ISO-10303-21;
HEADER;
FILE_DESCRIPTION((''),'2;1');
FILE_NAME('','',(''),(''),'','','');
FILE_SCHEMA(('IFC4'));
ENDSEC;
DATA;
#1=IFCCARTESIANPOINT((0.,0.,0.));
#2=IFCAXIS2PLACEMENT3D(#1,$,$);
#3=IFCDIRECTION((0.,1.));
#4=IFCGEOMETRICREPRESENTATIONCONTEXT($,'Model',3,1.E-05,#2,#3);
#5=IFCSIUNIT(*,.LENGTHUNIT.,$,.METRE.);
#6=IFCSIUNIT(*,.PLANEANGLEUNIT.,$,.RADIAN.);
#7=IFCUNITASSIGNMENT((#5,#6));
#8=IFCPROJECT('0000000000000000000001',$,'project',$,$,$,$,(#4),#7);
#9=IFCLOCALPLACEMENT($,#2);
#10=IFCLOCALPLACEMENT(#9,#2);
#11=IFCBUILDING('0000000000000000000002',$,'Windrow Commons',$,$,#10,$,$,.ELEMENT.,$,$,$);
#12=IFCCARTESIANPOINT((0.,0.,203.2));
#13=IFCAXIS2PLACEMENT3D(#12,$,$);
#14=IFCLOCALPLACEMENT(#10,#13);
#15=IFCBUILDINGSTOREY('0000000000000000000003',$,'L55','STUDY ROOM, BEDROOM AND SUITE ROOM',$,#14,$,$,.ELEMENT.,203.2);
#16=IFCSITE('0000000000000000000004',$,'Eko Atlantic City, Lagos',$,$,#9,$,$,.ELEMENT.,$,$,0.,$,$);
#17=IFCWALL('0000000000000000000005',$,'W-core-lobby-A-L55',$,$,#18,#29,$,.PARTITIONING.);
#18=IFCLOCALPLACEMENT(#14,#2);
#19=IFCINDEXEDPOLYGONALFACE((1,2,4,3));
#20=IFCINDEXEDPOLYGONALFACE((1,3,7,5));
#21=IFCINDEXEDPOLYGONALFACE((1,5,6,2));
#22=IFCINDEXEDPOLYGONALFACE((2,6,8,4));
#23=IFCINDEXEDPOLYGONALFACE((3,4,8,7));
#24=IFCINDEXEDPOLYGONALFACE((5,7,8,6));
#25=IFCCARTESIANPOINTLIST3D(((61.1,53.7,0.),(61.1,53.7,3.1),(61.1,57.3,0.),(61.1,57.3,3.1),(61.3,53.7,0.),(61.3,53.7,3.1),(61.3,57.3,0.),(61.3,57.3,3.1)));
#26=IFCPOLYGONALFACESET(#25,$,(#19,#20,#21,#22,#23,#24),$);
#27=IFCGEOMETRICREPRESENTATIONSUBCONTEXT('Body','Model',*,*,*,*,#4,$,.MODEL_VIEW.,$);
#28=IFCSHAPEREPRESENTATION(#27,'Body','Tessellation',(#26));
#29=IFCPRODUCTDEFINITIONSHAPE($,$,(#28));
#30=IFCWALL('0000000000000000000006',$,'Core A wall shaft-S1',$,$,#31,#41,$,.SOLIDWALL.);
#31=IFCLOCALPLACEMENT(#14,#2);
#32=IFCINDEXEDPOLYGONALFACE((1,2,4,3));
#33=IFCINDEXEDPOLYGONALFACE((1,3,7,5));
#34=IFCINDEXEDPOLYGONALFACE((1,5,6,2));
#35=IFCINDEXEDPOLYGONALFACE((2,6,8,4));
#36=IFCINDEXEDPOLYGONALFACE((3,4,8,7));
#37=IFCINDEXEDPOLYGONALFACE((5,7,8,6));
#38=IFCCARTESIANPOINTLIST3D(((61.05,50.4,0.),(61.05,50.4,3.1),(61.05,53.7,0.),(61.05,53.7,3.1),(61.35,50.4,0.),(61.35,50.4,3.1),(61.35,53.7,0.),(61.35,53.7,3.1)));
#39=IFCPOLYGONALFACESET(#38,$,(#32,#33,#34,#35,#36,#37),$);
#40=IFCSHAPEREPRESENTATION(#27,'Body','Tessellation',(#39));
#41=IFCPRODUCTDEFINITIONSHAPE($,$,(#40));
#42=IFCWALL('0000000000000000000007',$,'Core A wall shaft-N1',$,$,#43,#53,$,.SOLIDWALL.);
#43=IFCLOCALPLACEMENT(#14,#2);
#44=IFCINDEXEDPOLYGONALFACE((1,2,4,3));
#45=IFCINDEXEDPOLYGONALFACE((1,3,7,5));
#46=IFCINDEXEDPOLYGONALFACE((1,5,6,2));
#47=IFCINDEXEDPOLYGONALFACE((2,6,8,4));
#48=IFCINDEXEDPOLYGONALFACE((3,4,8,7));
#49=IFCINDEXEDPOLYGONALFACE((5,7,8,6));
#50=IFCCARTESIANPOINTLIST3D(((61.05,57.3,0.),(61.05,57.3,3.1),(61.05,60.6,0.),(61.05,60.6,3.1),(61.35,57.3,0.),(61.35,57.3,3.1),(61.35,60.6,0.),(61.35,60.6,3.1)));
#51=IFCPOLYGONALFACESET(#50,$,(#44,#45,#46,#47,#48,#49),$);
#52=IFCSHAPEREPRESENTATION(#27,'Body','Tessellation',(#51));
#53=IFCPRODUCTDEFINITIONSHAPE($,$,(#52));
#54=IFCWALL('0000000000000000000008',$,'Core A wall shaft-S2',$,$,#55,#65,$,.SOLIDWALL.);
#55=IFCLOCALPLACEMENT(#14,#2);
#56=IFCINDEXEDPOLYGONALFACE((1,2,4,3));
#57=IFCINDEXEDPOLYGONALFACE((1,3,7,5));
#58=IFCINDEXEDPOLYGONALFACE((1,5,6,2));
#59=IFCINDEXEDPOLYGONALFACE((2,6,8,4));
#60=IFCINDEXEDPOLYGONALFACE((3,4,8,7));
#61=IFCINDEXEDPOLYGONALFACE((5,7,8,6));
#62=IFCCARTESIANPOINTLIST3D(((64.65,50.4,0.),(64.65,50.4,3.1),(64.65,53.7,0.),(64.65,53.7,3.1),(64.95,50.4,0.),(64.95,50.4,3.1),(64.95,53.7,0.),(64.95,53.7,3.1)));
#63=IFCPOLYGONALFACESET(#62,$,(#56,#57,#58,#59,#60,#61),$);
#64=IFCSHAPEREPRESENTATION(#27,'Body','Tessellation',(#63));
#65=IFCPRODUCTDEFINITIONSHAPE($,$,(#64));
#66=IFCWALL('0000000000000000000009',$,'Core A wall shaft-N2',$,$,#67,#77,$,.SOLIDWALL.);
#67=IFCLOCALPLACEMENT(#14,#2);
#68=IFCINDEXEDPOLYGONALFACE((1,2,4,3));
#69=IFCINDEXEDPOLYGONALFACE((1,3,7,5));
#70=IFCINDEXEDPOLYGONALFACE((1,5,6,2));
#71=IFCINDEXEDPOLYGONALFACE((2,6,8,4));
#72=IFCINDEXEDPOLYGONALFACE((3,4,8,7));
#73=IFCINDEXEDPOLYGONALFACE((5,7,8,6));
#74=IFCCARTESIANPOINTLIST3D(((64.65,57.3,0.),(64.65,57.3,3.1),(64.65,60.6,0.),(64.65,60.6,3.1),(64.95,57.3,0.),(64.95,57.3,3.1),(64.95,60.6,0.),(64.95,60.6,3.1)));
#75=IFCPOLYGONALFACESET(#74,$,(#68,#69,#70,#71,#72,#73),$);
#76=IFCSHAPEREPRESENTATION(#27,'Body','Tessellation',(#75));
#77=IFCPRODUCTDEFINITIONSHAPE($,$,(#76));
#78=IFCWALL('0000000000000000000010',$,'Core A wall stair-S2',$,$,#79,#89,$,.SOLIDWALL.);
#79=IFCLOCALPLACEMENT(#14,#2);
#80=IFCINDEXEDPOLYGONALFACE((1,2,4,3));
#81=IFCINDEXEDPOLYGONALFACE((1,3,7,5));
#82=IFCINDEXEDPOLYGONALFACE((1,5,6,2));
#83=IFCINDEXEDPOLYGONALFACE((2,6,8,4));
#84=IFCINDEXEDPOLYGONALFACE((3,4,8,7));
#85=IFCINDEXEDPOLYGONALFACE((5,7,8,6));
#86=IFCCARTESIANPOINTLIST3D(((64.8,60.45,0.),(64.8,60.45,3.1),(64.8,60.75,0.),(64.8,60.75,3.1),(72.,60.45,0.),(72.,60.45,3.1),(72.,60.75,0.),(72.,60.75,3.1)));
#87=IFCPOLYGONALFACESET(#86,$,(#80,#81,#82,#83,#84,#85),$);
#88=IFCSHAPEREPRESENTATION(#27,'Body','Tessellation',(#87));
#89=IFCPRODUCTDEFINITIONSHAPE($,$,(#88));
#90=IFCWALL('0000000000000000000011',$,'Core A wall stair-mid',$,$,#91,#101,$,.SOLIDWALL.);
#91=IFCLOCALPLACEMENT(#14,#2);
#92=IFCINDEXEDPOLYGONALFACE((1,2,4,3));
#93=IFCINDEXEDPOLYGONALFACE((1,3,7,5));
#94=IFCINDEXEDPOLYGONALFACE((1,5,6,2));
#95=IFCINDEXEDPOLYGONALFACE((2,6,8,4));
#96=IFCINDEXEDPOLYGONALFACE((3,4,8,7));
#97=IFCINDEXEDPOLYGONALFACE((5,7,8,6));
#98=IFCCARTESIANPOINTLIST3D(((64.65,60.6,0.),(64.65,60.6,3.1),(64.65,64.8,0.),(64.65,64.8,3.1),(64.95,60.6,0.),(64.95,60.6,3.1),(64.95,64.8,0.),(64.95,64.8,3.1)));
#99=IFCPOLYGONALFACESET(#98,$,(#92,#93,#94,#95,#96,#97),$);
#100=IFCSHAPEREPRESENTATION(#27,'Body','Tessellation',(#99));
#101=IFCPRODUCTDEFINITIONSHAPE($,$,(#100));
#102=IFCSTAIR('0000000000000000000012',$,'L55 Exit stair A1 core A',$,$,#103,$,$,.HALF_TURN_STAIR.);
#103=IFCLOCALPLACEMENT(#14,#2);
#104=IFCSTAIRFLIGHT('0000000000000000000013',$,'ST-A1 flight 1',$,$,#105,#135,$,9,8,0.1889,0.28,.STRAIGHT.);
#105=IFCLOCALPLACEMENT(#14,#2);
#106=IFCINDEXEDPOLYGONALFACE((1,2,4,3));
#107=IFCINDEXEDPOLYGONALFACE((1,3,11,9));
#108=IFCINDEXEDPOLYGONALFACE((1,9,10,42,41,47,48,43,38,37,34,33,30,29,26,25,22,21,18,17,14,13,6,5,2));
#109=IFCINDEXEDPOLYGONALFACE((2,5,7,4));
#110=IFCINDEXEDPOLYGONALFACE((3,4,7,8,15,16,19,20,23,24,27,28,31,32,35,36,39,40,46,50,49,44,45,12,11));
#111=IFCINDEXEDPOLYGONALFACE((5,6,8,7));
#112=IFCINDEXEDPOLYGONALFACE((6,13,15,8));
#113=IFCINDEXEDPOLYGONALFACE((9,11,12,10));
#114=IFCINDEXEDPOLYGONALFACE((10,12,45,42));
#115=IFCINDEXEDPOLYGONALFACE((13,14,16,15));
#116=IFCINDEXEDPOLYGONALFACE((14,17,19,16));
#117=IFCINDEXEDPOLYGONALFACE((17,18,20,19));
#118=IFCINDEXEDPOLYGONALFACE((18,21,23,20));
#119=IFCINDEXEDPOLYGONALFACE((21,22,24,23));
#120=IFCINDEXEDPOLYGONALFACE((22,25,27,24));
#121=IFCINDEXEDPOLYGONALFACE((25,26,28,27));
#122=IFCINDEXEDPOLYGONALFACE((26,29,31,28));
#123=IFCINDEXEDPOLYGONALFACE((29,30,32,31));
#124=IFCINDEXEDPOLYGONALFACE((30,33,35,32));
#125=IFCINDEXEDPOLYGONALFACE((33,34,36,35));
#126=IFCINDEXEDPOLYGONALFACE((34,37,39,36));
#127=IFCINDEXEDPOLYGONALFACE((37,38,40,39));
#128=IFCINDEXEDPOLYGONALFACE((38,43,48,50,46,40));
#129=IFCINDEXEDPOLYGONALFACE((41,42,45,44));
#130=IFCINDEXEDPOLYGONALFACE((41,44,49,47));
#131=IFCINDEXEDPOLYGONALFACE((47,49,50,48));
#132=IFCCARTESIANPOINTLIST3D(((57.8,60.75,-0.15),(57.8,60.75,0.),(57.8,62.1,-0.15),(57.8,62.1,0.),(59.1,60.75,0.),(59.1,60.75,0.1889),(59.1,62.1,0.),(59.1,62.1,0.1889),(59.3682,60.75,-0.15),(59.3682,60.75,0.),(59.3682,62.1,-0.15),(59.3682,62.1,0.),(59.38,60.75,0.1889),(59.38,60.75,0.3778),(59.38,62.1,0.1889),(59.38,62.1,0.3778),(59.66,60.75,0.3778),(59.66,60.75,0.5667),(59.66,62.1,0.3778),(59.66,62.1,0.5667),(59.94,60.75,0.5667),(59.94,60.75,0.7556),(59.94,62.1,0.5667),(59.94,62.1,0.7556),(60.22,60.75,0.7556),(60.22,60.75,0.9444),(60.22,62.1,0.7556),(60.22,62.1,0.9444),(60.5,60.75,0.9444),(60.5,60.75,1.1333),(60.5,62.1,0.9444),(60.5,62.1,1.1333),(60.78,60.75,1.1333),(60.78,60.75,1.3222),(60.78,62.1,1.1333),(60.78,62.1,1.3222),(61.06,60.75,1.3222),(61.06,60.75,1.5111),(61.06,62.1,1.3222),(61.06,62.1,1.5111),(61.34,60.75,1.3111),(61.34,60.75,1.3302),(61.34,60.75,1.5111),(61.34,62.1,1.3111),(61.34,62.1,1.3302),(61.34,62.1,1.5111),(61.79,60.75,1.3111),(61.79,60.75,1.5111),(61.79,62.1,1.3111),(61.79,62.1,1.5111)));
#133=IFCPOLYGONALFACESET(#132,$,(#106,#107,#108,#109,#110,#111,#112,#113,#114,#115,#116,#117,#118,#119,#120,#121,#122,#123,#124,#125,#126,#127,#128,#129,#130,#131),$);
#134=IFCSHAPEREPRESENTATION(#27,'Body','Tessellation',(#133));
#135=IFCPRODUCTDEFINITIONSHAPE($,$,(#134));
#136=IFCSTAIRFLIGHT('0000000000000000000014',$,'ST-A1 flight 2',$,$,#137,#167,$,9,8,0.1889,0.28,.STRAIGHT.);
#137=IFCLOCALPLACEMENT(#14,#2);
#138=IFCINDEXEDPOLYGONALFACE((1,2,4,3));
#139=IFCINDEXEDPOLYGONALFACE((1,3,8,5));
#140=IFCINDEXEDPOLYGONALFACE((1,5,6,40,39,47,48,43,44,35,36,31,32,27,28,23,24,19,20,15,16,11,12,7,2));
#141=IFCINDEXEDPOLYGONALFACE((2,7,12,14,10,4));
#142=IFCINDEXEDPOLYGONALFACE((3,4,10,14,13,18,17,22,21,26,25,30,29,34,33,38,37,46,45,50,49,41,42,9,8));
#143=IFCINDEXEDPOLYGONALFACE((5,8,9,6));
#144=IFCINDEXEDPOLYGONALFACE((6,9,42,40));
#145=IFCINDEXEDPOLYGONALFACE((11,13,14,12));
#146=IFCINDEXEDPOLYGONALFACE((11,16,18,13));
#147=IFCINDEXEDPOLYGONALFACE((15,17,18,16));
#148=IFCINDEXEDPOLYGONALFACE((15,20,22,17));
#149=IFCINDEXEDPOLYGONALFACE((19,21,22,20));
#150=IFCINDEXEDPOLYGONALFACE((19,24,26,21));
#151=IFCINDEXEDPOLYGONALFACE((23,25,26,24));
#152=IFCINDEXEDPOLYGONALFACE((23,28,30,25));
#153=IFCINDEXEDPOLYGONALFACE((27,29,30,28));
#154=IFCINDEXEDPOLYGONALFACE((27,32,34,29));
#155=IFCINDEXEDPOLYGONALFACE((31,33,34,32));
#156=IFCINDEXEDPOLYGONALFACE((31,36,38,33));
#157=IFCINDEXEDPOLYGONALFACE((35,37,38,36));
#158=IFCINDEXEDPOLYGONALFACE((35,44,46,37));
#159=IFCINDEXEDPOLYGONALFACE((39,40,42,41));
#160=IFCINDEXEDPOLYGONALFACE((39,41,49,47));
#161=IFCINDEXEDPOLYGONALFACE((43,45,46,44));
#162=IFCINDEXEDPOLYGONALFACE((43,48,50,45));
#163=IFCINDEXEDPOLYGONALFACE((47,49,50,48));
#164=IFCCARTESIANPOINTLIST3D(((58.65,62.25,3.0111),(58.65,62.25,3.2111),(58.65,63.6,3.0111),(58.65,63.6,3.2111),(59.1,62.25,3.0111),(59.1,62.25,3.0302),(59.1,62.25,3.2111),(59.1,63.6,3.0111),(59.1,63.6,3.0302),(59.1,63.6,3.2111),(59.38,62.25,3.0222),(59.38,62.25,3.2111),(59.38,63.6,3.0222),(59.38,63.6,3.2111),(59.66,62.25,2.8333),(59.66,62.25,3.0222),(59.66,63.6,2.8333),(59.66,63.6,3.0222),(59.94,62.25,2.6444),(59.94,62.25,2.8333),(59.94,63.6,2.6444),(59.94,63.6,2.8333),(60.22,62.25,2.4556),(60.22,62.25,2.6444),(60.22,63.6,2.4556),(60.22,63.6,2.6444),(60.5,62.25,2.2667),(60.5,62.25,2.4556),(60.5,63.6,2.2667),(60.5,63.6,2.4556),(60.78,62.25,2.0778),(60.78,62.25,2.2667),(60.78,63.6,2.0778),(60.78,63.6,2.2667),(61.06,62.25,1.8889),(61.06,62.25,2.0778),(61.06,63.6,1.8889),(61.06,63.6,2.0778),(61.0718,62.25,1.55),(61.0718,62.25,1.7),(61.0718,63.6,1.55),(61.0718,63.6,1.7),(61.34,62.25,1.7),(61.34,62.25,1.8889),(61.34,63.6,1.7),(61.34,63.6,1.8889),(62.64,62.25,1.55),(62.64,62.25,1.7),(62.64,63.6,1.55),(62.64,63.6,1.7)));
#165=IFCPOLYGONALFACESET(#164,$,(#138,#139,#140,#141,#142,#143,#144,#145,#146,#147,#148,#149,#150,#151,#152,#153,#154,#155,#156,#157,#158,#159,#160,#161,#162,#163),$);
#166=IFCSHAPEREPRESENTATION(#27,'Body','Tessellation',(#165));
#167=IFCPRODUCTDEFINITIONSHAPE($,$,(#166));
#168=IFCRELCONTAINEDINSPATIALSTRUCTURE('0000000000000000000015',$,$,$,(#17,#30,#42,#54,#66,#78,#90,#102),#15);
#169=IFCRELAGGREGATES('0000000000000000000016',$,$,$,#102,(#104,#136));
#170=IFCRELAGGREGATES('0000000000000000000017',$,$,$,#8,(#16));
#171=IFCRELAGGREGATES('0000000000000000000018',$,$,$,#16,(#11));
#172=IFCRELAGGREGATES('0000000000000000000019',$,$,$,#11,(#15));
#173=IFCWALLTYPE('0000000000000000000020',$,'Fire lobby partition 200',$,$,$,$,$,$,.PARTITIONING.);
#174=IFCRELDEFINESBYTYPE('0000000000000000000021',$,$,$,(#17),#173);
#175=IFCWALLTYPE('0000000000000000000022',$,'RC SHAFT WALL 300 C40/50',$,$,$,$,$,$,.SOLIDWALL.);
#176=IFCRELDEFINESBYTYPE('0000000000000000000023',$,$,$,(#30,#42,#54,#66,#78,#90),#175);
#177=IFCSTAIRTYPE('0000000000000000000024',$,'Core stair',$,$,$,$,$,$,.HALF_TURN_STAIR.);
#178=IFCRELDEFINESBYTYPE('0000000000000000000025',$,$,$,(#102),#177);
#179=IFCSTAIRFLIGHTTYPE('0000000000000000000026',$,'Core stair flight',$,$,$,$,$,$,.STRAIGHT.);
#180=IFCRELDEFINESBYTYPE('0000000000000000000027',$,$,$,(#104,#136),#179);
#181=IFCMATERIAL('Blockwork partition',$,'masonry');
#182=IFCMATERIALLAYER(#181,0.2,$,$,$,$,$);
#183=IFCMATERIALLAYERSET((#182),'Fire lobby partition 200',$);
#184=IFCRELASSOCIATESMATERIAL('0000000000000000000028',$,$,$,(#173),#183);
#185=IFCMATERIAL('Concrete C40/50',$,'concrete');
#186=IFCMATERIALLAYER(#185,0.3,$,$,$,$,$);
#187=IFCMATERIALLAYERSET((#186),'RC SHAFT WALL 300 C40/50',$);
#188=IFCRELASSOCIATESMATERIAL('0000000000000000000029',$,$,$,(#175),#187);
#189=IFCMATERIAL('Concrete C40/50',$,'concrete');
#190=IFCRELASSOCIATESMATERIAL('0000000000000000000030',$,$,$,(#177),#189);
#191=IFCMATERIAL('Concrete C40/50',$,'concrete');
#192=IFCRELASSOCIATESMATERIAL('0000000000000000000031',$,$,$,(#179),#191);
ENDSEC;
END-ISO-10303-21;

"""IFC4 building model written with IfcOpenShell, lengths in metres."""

from ifc_helpers import new_model, si_unit, direction, frame, frame_2d, origin, place, context, subcontext, project, spatial, polyline, rectangle, outline, extrude, material, layer, layer_set, type_object, element, aggregate, save


model = new_model("IFC4")

# Units and contexts
model_context = context("Model", 3, precision=1e-05, world=origin(), true_north=direction((0.0, 1.0)))
body_context = subcontext(model_context, "Body", "Model", "MODEL_VIEW")
ifc_project = project(units=[si_unit("LENGTHUNIT", "METRE"), si_unit("PLANEANGLEUNIT", "RADIAN")], contexts=[model_context])

# Site, building, storey
site_placement = place(None, origin())
site = spatial("IfcSite", under=ifc_project, at=site_placement, Name="Eko Atlantic City, Lagos", CompositionType="ELEMENT", RefElevation=0.0)
building_placement = place(site_placement, origin())
building = spatial("IfcBuilding", under=site, at=building_placement, Name="Windrow Commons", CompositionType="ELEMENT")
storey_placement = place(building_placement, frame((0.0, 0.0, 203.2)))
storey = spatial("IfcBuildingStorey", under=building, at=storey_placement, Name="L55", Description="STUDY ROOM, BEDROOM AND SUITE ROOM", CompositionType="ELEMENT", Elevation=203.2)

# Walls
ifc_material_1 = material(Name="Blockwork partition", Category="masonry")
ifc_layer_1 = layer(ifc_material_1, 0.2)
ifc_layer_set_1 = layer_set([ifc_layer_1], Name="Fire lobby partition 200")
wall_type_1 = type_object("IfcWallType", Name="Fire lobby partition 200", PredefinedType="PARTITIONING", material=ifc_layer_set_1)
wall_1_placement = place(storey_placement, frame((61.2, 53.7, 0.0), z_axis=(0.0, 0.0, 1.0), x_axis=(0.0, 1.0, 0.0)))
element("IfcWall", 1, at=wall_1_placement, inside=storey, type_object=wall_type_1, Name="W-core-lobby-A-L55", PredefinedType="PARTITIONING", context=body_context, shape_type="SweptSolid", body=[
    extrude(rectangle(XDim=3.6, YDim=0.2, at=frame_2d((1.8, 0.0))), origin(), (0.0, 0.0, 1.0), 3.1),
])
ifc_material_2 = material(Name="Concrete C40/50", Category="concrete")
ifc_layer_2 = layer(ifc_material_2, 0.3)
ifc_layer_set_2 = layer_set([ifc_layer_2], Name="RC SHAFT WALL 300 C40/50")
wall_type_2 = type_object("IfcWallType", Name="RC SHAFT WALL 300 C40/50", PredefinedType="SOLIDWALL", material=ifc_layer_set_2)
for number, where, z_axis, x_axis, name in (
    (2, (61.2, 50.4, 0.0), (0.0, 0.0, 1.0), (0.0, 1.0, 0.0), "Core A wall shaft-S1"),
    (3, (61.2, 57.3, 0.0), (0.0, 0.0, 1.0), (0.0, 1.0, 0.0), "Core A wall shaft-N1"),
    (4, (64.8, 50.4, 0.0), (0.0, 0.0, 1.0), (0.0, 1.0, 0.0), "Core A wall shaft-S2"),
    (5, (64.8, 57.3, 0.0), (0.0, 0.0, 1.0), (0.0, 1.0, 0.0), "Core A wall shaft-N2"),
):
    element("IfcWall", number, at=place(storey_placement, frame(where, z_axis=z_axis, x_axis=x_axis)), inside=storey, type_object=wall_type_2, Name=name, PredefinedType="SOLIDWALL", context=body_context, shape_type="SweptSolid", body=[
        extrude(rectangle(XDim=3.3, YDim=0.3, at=frame_2d((1.65, 0.0))), origin(), (0.0, 0.0, 1.0), 3.1),
    ])
wall_2_placement = place(storey_placement, frame((64.8, 60.6, 0.0), z_axis=(0.0, 0.0, 1.0), x_axis=(1.0, 0.0, 0.0)))
element("IfcWall", 6, at=wall_2_placement, inside=storey, type_object=wall_type_2, Name="Core A wall stair-S2", PredefinedType="SOLIDWALL", context=body_context, shape_type="SweptSolid", body=[
    extrude(rectangle(XDim=7.2, YDim=0.3, at=frame_2d((3.6, 0.0))), origin(), (0.0, 0.0, 1.0), 3.1),
])
wall_3_placement = place(storey_placement, frame((64.8, 60.6, 0.0), z_axis=(0.0, 0.0, 1.0), x_axis=(0.0, 1.0, 0.0)))
element("IfcWall", 7, at=wall_3_placement, inside=storey, type_object=wall_type_2, Name="Core A wall stair-mid", PredefinedType="SOLIDWALL", context=body_context, shape_type="SweptSolid", body=[
    extrude(rectangle(XDim=4.2, YDim=0.3, at=frame_2d((2.1, 0.0))), origin(), (0.0, 0.0, 1.0), 3.1),
])

# Stair, stair flights
ifc_material_3 = material(Name="Concrete C40/50", Category="concrete")
stair_type = type_object("IfcStairType", Name="Core stair", PredefinedType="HALF_TURN_STAIR", material=ifc_material_3)
stair_placement = place(storey_placement, origin())
stair = element("IfcStair", 8, at=stair_placement, inside=storey, type_object=stair_type, Name="L55 Exit stair A1 core A", PredefinedType="HALF_TURN_STAIR")
ifc_material_4 = material(Name="Concrete C40/50", Category="concrete")
stair_flight_type = type_object("IfcStairFlightType", Name="Core stair flight", PredefinedType="STRAIGHT", material=ifc_material_4)
stair_flight_1_placement = place(storey_placement, frame((59.1, 61.425, 0.0), z_axis=(0.0, 0.0, 1.0), x_axis=(1.0, 0.0, 0.0)))
stair_flight_1 = element("IfcStairFlight", 9, at=stair_flight_1_placement, type_object=stair_flight_type, Name="ST-A1 flight 1", NumberOfRisers=9, NumberOfTreads=8, PredefinedType="STRAIGHT", RiserHeight=0.1889, TreadLength=0.28, context=body_context, shape_type="SweptSolid", body=[
    extrude(outline(polyline([(-1.3, -0.15), (-1.3, 0.0), (0.0, 0.0), (0.0, 0.1889), (0.28, 0.1889), (0.28, 0.3778), (0.56, 0.3778), (0.56, 0.5667), (0.84, 0.5667), (0.84, 0.7556), (1.12, 0.7556), (1.12, 0.9444), (1.4, 0.9444), (1.4, 1.1333), (1.68, 1.1333), (1.68, 1.3222), (1.96, 1.3222), (1.96, 1.5111), (2.24, 1.5111), (2.69, 1.5111), (2.69, 1.3111), (2.24, 1.3111), (2.24, 1.3302), (0.2682, 0.0), (0.2682, -0.15), (-1.3, -0.15)])), frame((0.0, 0.675, 0.0), z_axis=(0.0, -1.0, 0.0), x_axis=(1.0, 0.0, 0.0)), (0.0, 0.0, 1.0), 1.35),
])
stair_flight_2_placement = place(storey_placement, frame((61.34, 62.925, 1.7), z_axis=(0.0, 0.0, 1.0), x_axis=(-1.0, 0.0, 0.0)))
stair_flight_2 = element("IfcStairFlight", 10, at=stair_flight_2_placement, type_object=stair_flight_type, Name="ST-A1 flight 2", NumberOfRisers=9, NumberOfTreads=8, PredefinedType="STRAIGHT", RiserHeight=0.1889, TreadLength=0.28, context=body_context, shape_type="SweptSolid", body=[
    extrude(outline(polyline([(-1.3, -0.15), (-1.3, 0.0), (0.0, 0.0), (0.0, 0.1889), (0.28, 0.1889), (0.28, 0.3778), (0.56, 0.3778), (0.56, 0.5667), (0.84, 0.5667), (0.84, 0.7556), (1.12, 0.7556), (1.12, 0.9444), (1.4, 0.9444), (1.4, 1.1333), (1.68, 1.1333), (1.68, 1.3222), (1.96, 1.3222), (1.96, 1.5111), (2.24, 1.5111), (2.69, 1.5111), (2.69, 1.3111), (2.24, 1.3111), (2.24, 1.3302), (0.2682, 0.0), (0.2682, -0.15), (-1.3, -0.15)])), frame((0.0, 0.675, 0.0), z_axis=(0.0, -1.0, 0.0), x_axis=(1.0, 0.0, 0.0)), (0.0, 0.0, 1.0), 1.35),
])
aggregate(stair, [stair_flight_1, stair_flight_2])

save(model, "model.ifc")
